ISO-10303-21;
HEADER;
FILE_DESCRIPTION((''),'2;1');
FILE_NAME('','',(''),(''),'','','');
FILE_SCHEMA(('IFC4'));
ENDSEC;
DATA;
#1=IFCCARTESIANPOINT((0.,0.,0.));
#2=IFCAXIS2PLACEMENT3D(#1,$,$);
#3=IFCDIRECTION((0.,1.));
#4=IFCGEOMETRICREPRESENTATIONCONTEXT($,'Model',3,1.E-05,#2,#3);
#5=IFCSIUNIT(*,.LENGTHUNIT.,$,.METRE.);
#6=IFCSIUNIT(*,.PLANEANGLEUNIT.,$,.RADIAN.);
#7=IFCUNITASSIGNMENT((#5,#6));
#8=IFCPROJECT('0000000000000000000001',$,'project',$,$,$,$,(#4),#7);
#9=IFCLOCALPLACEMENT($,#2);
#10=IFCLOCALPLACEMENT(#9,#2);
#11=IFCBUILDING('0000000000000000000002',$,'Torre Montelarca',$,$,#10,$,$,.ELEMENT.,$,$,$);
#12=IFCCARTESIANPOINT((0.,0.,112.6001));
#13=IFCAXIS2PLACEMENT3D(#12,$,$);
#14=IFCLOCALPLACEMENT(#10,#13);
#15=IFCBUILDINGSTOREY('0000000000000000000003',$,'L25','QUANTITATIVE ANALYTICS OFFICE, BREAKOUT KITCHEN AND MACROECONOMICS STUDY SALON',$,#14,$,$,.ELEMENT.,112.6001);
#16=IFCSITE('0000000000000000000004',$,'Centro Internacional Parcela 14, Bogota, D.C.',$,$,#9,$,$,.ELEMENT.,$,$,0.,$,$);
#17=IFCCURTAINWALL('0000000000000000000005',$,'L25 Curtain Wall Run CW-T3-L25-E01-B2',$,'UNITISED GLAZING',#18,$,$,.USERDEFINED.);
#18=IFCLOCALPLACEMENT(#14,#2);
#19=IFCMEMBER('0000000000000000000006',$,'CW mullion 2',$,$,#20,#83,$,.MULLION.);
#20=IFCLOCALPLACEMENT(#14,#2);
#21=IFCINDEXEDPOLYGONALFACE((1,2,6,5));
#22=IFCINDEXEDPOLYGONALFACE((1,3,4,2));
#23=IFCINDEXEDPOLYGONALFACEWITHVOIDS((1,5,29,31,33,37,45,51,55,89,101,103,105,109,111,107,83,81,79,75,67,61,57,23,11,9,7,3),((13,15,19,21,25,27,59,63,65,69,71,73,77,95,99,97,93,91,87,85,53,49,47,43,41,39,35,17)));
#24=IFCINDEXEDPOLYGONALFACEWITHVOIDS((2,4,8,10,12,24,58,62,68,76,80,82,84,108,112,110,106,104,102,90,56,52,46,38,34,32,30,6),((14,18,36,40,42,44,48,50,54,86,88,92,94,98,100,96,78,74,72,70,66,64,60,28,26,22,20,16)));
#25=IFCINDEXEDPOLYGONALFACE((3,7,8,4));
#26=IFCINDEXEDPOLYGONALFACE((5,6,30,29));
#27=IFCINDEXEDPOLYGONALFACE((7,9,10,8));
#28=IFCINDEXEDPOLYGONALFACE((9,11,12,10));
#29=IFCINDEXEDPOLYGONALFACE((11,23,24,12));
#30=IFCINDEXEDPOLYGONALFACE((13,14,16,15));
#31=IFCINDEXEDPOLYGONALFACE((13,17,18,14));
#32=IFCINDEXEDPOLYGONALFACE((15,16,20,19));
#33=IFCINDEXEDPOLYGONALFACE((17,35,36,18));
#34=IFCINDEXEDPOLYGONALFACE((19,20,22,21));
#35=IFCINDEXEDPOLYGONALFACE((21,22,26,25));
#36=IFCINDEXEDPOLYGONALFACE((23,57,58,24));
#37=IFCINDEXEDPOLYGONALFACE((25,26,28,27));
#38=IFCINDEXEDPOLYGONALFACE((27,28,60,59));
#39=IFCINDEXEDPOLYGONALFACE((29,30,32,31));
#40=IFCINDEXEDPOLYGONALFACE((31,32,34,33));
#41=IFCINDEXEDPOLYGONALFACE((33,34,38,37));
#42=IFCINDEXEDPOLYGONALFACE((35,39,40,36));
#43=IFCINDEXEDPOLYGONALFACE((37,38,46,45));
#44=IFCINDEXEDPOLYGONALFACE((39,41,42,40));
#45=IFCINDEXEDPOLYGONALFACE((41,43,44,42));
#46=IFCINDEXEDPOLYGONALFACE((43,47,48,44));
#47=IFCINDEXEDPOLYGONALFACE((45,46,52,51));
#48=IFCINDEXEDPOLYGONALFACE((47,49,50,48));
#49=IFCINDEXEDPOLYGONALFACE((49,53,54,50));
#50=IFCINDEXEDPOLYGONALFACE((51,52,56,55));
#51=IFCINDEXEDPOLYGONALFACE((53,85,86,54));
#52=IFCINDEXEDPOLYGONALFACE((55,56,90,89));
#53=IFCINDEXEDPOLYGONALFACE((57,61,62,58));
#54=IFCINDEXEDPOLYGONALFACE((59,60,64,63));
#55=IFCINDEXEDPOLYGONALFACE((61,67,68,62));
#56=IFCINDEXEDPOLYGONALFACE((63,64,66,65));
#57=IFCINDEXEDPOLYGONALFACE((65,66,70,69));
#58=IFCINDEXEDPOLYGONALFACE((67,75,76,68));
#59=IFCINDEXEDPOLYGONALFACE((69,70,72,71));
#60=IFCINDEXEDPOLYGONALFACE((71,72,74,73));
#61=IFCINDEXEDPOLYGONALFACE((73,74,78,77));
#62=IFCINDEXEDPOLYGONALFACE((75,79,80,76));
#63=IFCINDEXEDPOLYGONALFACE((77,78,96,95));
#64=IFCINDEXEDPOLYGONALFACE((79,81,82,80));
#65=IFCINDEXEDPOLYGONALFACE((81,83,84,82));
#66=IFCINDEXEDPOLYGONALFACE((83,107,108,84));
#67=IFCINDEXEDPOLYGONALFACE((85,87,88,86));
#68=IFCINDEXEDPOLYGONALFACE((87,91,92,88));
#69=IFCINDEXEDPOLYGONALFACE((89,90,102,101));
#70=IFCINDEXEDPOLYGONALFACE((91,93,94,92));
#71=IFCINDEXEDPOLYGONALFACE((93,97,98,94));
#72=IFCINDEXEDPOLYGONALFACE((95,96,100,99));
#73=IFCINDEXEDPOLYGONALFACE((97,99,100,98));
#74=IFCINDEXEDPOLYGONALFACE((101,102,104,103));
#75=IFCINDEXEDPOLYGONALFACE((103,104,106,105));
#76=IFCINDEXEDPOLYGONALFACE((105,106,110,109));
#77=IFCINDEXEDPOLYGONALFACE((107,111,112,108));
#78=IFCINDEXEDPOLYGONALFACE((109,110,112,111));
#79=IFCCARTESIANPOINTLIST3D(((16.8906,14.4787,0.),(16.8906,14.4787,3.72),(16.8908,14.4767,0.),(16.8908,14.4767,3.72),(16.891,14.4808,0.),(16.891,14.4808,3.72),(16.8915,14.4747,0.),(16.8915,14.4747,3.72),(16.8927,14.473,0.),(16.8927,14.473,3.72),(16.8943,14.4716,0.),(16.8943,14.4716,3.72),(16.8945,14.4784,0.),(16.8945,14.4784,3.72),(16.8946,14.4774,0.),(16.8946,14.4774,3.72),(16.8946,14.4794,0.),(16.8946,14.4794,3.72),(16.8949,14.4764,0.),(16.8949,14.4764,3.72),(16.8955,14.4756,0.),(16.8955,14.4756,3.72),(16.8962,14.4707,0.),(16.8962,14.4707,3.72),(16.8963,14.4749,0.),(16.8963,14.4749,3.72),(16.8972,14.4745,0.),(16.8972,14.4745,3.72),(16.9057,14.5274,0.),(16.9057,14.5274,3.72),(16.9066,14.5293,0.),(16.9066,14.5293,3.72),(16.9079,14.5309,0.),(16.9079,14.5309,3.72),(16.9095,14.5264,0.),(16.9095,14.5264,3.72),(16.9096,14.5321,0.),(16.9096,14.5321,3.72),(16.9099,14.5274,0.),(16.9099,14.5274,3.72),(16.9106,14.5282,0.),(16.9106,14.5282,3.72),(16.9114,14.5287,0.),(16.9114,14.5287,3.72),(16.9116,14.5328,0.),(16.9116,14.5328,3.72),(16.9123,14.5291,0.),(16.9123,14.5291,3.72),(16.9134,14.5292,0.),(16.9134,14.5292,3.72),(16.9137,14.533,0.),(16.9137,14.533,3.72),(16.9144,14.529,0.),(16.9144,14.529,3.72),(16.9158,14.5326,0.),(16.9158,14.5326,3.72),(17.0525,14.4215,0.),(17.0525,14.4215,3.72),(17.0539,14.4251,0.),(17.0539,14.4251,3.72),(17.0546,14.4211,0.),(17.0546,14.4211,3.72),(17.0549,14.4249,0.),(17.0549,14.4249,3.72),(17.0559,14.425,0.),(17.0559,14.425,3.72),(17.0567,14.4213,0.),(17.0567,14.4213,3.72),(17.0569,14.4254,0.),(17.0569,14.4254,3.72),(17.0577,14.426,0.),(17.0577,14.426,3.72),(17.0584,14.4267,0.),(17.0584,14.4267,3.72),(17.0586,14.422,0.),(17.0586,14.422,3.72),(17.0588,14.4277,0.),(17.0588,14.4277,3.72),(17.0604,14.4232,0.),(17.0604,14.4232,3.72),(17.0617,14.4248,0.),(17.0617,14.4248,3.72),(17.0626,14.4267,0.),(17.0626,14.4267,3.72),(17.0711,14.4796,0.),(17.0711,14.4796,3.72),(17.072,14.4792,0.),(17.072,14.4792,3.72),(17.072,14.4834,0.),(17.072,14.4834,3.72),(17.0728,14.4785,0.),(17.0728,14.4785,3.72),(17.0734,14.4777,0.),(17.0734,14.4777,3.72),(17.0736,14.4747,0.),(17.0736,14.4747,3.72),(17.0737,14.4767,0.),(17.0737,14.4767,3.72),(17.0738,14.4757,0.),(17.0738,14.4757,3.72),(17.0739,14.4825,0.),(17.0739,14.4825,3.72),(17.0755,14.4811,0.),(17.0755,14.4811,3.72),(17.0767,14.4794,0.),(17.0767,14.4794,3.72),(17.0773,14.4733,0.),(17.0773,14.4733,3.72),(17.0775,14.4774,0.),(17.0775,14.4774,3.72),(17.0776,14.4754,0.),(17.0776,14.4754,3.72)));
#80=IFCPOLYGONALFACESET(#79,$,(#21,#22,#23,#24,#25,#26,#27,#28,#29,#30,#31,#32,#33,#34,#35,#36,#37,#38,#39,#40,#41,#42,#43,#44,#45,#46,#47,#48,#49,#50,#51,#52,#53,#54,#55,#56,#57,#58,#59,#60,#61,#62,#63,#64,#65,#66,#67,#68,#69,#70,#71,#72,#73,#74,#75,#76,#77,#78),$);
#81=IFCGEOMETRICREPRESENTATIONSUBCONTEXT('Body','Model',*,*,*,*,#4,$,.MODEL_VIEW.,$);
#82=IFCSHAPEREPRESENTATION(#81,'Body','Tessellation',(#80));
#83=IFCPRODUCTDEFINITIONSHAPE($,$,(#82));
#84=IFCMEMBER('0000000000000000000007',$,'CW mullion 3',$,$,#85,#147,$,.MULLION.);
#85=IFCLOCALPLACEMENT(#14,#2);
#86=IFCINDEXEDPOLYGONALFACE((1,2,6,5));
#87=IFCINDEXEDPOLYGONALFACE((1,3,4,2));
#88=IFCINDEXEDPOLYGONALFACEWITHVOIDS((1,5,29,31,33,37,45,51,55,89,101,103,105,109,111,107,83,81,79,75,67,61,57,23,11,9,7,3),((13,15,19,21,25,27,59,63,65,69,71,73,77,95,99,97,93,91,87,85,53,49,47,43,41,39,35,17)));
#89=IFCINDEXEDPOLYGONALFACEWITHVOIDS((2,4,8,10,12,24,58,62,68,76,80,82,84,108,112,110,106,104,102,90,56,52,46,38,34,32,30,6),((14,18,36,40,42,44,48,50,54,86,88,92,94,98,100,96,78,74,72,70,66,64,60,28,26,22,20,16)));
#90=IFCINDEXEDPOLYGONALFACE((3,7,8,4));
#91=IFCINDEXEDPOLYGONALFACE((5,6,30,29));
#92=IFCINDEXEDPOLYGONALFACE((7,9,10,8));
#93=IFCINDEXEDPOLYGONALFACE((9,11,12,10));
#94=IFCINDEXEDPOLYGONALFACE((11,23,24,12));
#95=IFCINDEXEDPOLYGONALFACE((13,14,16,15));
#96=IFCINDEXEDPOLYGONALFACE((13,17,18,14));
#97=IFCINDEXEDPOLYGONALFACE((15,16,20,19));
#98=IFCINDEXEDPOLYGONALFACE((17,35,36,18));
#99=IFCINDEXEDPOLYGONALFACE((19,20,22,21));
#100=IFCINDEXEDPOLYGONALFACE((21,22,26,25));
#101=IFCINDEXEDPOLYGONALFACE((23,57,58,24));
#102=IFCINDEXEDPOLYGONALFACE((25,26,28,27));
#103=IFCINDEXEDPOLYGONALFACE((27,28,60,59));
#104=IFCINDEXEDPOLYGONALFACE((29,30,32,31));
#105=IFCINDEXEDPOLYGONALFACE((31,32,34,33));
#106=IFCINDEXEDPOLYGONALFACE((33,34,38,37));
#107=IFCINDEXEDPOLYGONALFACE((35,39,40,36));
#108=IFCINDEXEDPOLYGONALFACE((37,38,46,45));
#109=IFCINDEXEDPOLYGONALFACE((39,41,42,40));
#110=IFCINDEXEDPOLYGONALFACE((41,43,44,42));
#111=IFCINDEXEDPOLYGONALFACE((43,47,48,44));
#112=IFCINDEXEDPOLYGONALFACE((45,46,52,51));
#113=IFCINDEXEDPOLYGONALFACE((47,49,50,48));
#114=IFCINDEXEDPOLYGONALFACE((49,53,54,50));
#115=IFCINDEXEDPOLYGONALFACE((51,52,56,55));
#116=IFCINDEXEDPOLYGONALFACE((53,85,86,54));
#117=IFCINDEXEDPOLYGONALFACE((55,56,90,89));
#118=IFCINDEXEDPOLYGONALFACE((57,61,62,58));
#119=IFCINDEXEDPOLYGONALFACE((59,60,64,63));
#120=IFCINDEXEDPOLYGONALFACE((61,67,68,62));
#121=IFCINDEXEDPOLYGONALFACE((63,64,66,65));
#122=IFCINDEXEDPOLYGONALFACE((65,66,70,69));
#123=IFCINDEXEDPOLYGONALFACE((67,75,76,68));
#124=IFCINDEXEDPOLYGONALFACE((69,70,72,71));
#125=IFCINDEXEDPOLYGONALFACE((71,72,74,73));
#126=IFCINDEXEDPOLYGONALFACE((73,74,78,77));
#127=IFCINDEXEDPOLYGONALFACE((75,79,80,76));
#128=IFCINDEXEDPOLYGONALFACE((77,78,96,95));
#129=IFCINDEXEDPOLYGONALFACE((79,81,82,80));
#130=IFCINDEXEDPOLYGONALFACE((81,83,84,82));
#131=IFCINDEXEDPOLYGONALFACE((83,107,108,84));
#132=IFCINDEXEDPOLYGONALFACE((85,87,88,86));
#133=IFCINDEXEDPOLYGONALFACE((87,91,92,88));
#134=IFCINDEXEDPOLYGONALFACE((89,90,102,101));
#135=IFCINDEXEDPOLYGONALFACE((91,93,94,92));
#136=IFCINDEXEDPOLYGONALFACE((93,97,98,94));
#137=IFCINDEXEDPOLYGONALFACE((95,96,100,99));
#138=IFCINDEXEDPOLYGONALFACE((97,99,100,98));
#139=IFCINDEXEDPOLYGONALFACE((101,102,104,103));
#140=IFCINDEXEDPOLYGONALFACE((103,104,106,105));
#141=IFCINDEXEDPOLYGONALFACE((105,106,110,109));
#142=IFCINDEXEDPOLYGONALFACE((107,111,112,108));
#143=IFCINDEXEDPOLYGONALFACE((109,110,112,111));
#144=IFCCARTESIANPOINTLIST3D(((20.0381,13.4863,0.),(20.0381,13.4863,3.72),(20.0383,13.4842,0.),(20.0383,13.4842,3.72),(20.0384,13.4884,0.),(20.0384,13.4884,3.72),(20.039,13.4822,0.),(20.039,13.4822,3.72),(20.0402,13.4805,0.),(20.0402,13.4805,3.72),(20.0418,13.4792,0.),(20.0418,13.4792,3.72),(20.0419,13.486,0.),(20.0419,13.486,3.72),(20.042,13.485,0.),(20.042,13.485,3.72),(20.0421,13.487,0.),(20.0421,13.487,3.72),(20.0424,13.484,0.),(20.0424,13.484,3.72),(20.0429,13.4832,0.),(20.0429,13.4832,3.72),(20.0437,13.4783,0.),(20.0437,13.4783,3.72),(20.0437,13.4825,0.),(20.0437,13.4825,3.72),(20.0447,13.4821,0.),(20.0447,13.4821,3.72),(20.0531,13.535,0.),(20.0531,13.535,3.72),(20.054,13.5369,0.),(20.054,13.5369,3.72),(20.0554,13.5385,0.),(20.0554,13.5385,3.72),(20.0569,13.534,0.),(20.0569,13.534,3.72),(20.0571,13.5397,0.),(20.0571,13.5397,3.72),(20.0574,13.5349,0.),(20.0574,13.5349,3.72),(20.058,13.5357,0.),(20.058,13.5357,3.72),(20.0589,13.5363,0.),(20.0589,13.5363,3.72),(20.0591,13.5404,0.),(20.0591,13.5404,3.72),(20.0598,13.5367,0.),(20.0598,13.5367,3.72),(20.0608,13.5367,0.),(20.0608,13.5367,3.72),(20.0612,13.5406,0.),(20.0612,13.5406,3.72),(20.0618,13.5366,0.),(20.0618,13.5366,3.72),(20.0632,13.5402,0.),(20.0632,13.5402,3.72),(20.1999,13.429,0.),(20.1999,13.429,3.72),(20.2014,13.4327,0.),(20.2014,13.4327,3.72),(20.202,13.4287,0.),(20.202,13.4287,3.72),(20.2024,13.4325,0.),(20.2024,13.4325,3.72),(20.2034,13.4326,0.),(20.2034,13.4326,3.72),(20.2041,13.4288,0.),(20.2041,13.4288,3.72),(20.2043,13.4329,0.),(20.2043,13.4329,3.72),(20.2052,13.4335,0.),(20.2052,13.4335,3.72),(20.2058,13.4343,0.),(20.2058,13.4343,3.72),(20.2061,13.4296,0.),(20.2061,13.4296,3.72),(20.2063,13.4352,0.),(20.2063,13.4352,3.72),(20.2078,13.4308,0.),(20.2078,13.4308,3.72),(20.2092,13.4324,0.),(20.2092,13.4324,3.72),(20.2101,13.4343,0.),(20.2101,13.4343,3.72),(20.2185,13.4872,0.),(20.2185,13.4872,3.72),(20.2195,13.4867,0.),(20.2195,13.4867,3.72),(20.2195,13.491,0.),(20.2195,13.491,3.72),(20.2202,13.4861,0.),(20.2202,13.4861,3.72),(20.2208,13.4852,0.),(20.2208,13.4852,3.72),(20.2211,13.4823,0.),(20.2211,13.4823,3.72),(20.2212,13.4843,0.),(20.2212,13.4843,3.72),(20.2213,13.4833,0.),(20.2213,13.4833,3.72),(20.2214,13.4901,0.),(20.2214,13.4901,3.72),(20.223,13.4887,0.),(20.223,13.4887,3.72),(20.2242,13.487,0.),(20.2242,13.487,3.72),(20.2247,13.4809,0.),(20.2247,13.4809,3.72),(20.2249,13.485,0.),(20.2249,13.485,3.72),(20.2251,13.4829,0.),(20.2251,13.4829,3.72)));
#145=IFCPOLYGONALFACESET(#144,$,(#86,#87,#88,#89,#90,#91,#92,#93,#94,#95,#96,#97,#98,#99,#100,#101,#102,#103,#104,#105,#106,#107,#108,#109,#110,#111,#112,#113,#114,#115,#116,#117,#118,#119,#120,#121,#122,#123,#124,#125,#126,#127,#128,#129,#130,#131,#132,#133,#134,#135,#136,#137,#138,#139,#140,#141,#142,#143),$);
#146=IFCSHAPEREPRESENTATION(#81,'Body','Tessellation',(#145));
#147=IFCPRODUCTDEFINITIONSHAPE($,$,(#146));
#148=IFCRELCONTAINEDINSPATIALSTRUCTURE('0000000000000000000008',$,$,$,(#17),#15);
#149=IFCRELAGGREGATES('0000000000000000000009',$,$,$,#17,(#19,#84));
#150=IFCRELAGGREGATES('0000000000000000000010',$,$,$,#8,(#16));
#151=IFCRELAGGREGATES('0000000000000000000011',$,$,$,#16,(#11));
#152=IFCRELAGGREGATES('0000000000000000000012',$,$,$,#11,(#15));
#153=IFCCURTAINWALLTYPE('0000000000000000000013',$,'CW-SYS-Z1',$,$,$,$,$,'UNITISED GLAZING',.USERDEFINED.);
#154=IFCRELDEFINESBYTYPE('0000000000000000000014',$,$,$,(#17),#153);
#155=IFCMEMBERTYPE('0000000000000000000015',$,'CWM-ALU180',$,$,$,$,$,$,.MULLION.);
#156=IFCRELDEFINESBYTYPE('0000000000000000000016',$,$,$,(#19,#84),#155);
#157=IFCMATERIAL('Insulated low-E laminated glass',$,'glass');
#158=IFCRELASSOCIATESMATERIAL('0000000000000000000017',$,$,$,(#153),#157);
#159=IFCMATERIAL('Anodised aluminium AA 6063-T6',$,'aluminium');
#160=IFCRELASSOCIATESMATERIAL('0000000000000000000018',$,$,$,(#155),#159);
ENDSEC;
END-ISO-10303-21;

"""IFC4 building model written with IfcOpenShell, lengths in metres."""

from ifc_helpers import new_model, si_unit, direction, frame, origin, origin_2d, place, context, subcontext, project, spatial, hollow_rectangle, extrude, source, transform, mapped, material, material_profile, profile_set, type_object, element, aggregate, save


model = new_model("IFC4")

# Units and contexts
model_context = context("Model", 3, precision=1e-05, world=origin(), true_north=direction((0.0, 1.0)))
body_context = subcontext(model_context, "Body", "Model", "MODEL_VIEW")
ifc_project = project(units=[si_unit("LENGTHUNIT", "METRE"), si_unit("PLANEANGLEUNIT", "RADIAN")], contexts=[model_context])

# Site, building, storey
site_placement = place(None, origin())
site = spatial("IfcSite", under=ifc_project, at=site_placement, Name="Centro Internacional Parcela 14, Bogota, D.C.", CompositionType="ELEMENT", RefElevation=0.0)
building_placement = place(site_placement, origin())
building = spatial("IfcBuilding", under=site, at=building_placement, Name="Torre Montelarca", CompositionType="ELEMENT")
storey_placement = place(building_placement, frame((0.0, 0.0, 112.6001)))
storey = spatial("IfcBuildingStorey", under=building, at=storey_placement, Name="L25", Description="QUANTITATIVE ANALYTICS OFFICE, BREAKOUT KITCHEN AND MACROECONOMICS STUDY SALON", CompositionType="ELEMENT", Elevation=112.6001)

# Curtain wall
ifc_material_1 = material(Name="Insulated low-E laminated glass", Category="glass")
curtain_wall_type = type_object("IfcCurtainWallType", Name="CW-SYS-Z1", ElementType="UNITISED GLAZING", PredefinedType="USERDEFINED", material=ifc_material_1)
ifc_material_2 = material(Name="Anodised aluminium AA 6063-T6", Category="aluminium")
curtain_wall_1_placement = place(storey_placement, origin())
curtain_wall_1 = element("IfcCurtainWall", 1, at=curtain_wall_1_placement, inside=storey, type_object=curtain_wall_type, Name="L25 Curtain Wall Run CW-T3-L25-E01-B2", ObjectType="UNITISED GLAZING", PredefinedType="USERDEFINED")

# Members
ifc_material_profile_1 = material_profile(ifc_material_2, hollow_rectangle(XDim=0.0649, YDim=0.1799, WallThickness=0.0039, InnerFilletRadius=0.0039, OuterFilletRadius=0.0081, at=origin_2d()), Name="ALU65X180X4", Category="aluminium")
ifc_profile_set_1 = profile_set([ifc_material_profile_1], Name="Anodised aluminium AA 6063-T6")
member_type_1 = type_object("IfcMemberType", Name="CWM-ALU180", PredefinedType="MULLION", material=ifc_profile_set_1)
shared_shape_1 = source(origin(), body_context, "Body", "SweptSolid", [
    extrude(hollow_rectangle(XDim=0.0649, YDim=0.1799, WallThickness=0.0039, InnerFilletRadius=0.0039, OuterFilletRadius=0.0081, at=origin_2d()), origin(), (0.0, 0.0, 1.0), 3.72),
])
member_1_placement = place(storey_placement, frame((16.9841, 14.4771, 0.0), z_axis=(0.0, 0.0, 1.0), x_axis=(0.300693, 0.953721, 0.0)))
member_1 = element("IfcMember", 2, at=member_1_placement, type_object=member_type_1, Name="CW mullion 2", PredefinedType="MULLION", context=body_context, shape_type="MappedRepresentation", body=[
    mapped(shared_shape_1, transform((0.0, 0.0, 0.0), scale=1.0)),
])
member_2_placement = place(storey_placement, frame((20.1316, 13.4846, 0.0), z_axis=(0.0, 0.0, 1.0), x_axis=(0.300693, 0.953721, 0.0)))
member_2 = element("IfcMember", 3, at=member_2_placement, type_object=member_type_1, Name="CW mullion 3", PredefinedType="MULLION", context=body_context, shape_type="MappedRepresentation", body=[
    mapped(shared_shape_1, transform((0.0, 0.0, 0.0), scale=1.0)),
])

aggregate(curtain_wall_1, [member_1, member_2])

save(model, "model.ifc")
